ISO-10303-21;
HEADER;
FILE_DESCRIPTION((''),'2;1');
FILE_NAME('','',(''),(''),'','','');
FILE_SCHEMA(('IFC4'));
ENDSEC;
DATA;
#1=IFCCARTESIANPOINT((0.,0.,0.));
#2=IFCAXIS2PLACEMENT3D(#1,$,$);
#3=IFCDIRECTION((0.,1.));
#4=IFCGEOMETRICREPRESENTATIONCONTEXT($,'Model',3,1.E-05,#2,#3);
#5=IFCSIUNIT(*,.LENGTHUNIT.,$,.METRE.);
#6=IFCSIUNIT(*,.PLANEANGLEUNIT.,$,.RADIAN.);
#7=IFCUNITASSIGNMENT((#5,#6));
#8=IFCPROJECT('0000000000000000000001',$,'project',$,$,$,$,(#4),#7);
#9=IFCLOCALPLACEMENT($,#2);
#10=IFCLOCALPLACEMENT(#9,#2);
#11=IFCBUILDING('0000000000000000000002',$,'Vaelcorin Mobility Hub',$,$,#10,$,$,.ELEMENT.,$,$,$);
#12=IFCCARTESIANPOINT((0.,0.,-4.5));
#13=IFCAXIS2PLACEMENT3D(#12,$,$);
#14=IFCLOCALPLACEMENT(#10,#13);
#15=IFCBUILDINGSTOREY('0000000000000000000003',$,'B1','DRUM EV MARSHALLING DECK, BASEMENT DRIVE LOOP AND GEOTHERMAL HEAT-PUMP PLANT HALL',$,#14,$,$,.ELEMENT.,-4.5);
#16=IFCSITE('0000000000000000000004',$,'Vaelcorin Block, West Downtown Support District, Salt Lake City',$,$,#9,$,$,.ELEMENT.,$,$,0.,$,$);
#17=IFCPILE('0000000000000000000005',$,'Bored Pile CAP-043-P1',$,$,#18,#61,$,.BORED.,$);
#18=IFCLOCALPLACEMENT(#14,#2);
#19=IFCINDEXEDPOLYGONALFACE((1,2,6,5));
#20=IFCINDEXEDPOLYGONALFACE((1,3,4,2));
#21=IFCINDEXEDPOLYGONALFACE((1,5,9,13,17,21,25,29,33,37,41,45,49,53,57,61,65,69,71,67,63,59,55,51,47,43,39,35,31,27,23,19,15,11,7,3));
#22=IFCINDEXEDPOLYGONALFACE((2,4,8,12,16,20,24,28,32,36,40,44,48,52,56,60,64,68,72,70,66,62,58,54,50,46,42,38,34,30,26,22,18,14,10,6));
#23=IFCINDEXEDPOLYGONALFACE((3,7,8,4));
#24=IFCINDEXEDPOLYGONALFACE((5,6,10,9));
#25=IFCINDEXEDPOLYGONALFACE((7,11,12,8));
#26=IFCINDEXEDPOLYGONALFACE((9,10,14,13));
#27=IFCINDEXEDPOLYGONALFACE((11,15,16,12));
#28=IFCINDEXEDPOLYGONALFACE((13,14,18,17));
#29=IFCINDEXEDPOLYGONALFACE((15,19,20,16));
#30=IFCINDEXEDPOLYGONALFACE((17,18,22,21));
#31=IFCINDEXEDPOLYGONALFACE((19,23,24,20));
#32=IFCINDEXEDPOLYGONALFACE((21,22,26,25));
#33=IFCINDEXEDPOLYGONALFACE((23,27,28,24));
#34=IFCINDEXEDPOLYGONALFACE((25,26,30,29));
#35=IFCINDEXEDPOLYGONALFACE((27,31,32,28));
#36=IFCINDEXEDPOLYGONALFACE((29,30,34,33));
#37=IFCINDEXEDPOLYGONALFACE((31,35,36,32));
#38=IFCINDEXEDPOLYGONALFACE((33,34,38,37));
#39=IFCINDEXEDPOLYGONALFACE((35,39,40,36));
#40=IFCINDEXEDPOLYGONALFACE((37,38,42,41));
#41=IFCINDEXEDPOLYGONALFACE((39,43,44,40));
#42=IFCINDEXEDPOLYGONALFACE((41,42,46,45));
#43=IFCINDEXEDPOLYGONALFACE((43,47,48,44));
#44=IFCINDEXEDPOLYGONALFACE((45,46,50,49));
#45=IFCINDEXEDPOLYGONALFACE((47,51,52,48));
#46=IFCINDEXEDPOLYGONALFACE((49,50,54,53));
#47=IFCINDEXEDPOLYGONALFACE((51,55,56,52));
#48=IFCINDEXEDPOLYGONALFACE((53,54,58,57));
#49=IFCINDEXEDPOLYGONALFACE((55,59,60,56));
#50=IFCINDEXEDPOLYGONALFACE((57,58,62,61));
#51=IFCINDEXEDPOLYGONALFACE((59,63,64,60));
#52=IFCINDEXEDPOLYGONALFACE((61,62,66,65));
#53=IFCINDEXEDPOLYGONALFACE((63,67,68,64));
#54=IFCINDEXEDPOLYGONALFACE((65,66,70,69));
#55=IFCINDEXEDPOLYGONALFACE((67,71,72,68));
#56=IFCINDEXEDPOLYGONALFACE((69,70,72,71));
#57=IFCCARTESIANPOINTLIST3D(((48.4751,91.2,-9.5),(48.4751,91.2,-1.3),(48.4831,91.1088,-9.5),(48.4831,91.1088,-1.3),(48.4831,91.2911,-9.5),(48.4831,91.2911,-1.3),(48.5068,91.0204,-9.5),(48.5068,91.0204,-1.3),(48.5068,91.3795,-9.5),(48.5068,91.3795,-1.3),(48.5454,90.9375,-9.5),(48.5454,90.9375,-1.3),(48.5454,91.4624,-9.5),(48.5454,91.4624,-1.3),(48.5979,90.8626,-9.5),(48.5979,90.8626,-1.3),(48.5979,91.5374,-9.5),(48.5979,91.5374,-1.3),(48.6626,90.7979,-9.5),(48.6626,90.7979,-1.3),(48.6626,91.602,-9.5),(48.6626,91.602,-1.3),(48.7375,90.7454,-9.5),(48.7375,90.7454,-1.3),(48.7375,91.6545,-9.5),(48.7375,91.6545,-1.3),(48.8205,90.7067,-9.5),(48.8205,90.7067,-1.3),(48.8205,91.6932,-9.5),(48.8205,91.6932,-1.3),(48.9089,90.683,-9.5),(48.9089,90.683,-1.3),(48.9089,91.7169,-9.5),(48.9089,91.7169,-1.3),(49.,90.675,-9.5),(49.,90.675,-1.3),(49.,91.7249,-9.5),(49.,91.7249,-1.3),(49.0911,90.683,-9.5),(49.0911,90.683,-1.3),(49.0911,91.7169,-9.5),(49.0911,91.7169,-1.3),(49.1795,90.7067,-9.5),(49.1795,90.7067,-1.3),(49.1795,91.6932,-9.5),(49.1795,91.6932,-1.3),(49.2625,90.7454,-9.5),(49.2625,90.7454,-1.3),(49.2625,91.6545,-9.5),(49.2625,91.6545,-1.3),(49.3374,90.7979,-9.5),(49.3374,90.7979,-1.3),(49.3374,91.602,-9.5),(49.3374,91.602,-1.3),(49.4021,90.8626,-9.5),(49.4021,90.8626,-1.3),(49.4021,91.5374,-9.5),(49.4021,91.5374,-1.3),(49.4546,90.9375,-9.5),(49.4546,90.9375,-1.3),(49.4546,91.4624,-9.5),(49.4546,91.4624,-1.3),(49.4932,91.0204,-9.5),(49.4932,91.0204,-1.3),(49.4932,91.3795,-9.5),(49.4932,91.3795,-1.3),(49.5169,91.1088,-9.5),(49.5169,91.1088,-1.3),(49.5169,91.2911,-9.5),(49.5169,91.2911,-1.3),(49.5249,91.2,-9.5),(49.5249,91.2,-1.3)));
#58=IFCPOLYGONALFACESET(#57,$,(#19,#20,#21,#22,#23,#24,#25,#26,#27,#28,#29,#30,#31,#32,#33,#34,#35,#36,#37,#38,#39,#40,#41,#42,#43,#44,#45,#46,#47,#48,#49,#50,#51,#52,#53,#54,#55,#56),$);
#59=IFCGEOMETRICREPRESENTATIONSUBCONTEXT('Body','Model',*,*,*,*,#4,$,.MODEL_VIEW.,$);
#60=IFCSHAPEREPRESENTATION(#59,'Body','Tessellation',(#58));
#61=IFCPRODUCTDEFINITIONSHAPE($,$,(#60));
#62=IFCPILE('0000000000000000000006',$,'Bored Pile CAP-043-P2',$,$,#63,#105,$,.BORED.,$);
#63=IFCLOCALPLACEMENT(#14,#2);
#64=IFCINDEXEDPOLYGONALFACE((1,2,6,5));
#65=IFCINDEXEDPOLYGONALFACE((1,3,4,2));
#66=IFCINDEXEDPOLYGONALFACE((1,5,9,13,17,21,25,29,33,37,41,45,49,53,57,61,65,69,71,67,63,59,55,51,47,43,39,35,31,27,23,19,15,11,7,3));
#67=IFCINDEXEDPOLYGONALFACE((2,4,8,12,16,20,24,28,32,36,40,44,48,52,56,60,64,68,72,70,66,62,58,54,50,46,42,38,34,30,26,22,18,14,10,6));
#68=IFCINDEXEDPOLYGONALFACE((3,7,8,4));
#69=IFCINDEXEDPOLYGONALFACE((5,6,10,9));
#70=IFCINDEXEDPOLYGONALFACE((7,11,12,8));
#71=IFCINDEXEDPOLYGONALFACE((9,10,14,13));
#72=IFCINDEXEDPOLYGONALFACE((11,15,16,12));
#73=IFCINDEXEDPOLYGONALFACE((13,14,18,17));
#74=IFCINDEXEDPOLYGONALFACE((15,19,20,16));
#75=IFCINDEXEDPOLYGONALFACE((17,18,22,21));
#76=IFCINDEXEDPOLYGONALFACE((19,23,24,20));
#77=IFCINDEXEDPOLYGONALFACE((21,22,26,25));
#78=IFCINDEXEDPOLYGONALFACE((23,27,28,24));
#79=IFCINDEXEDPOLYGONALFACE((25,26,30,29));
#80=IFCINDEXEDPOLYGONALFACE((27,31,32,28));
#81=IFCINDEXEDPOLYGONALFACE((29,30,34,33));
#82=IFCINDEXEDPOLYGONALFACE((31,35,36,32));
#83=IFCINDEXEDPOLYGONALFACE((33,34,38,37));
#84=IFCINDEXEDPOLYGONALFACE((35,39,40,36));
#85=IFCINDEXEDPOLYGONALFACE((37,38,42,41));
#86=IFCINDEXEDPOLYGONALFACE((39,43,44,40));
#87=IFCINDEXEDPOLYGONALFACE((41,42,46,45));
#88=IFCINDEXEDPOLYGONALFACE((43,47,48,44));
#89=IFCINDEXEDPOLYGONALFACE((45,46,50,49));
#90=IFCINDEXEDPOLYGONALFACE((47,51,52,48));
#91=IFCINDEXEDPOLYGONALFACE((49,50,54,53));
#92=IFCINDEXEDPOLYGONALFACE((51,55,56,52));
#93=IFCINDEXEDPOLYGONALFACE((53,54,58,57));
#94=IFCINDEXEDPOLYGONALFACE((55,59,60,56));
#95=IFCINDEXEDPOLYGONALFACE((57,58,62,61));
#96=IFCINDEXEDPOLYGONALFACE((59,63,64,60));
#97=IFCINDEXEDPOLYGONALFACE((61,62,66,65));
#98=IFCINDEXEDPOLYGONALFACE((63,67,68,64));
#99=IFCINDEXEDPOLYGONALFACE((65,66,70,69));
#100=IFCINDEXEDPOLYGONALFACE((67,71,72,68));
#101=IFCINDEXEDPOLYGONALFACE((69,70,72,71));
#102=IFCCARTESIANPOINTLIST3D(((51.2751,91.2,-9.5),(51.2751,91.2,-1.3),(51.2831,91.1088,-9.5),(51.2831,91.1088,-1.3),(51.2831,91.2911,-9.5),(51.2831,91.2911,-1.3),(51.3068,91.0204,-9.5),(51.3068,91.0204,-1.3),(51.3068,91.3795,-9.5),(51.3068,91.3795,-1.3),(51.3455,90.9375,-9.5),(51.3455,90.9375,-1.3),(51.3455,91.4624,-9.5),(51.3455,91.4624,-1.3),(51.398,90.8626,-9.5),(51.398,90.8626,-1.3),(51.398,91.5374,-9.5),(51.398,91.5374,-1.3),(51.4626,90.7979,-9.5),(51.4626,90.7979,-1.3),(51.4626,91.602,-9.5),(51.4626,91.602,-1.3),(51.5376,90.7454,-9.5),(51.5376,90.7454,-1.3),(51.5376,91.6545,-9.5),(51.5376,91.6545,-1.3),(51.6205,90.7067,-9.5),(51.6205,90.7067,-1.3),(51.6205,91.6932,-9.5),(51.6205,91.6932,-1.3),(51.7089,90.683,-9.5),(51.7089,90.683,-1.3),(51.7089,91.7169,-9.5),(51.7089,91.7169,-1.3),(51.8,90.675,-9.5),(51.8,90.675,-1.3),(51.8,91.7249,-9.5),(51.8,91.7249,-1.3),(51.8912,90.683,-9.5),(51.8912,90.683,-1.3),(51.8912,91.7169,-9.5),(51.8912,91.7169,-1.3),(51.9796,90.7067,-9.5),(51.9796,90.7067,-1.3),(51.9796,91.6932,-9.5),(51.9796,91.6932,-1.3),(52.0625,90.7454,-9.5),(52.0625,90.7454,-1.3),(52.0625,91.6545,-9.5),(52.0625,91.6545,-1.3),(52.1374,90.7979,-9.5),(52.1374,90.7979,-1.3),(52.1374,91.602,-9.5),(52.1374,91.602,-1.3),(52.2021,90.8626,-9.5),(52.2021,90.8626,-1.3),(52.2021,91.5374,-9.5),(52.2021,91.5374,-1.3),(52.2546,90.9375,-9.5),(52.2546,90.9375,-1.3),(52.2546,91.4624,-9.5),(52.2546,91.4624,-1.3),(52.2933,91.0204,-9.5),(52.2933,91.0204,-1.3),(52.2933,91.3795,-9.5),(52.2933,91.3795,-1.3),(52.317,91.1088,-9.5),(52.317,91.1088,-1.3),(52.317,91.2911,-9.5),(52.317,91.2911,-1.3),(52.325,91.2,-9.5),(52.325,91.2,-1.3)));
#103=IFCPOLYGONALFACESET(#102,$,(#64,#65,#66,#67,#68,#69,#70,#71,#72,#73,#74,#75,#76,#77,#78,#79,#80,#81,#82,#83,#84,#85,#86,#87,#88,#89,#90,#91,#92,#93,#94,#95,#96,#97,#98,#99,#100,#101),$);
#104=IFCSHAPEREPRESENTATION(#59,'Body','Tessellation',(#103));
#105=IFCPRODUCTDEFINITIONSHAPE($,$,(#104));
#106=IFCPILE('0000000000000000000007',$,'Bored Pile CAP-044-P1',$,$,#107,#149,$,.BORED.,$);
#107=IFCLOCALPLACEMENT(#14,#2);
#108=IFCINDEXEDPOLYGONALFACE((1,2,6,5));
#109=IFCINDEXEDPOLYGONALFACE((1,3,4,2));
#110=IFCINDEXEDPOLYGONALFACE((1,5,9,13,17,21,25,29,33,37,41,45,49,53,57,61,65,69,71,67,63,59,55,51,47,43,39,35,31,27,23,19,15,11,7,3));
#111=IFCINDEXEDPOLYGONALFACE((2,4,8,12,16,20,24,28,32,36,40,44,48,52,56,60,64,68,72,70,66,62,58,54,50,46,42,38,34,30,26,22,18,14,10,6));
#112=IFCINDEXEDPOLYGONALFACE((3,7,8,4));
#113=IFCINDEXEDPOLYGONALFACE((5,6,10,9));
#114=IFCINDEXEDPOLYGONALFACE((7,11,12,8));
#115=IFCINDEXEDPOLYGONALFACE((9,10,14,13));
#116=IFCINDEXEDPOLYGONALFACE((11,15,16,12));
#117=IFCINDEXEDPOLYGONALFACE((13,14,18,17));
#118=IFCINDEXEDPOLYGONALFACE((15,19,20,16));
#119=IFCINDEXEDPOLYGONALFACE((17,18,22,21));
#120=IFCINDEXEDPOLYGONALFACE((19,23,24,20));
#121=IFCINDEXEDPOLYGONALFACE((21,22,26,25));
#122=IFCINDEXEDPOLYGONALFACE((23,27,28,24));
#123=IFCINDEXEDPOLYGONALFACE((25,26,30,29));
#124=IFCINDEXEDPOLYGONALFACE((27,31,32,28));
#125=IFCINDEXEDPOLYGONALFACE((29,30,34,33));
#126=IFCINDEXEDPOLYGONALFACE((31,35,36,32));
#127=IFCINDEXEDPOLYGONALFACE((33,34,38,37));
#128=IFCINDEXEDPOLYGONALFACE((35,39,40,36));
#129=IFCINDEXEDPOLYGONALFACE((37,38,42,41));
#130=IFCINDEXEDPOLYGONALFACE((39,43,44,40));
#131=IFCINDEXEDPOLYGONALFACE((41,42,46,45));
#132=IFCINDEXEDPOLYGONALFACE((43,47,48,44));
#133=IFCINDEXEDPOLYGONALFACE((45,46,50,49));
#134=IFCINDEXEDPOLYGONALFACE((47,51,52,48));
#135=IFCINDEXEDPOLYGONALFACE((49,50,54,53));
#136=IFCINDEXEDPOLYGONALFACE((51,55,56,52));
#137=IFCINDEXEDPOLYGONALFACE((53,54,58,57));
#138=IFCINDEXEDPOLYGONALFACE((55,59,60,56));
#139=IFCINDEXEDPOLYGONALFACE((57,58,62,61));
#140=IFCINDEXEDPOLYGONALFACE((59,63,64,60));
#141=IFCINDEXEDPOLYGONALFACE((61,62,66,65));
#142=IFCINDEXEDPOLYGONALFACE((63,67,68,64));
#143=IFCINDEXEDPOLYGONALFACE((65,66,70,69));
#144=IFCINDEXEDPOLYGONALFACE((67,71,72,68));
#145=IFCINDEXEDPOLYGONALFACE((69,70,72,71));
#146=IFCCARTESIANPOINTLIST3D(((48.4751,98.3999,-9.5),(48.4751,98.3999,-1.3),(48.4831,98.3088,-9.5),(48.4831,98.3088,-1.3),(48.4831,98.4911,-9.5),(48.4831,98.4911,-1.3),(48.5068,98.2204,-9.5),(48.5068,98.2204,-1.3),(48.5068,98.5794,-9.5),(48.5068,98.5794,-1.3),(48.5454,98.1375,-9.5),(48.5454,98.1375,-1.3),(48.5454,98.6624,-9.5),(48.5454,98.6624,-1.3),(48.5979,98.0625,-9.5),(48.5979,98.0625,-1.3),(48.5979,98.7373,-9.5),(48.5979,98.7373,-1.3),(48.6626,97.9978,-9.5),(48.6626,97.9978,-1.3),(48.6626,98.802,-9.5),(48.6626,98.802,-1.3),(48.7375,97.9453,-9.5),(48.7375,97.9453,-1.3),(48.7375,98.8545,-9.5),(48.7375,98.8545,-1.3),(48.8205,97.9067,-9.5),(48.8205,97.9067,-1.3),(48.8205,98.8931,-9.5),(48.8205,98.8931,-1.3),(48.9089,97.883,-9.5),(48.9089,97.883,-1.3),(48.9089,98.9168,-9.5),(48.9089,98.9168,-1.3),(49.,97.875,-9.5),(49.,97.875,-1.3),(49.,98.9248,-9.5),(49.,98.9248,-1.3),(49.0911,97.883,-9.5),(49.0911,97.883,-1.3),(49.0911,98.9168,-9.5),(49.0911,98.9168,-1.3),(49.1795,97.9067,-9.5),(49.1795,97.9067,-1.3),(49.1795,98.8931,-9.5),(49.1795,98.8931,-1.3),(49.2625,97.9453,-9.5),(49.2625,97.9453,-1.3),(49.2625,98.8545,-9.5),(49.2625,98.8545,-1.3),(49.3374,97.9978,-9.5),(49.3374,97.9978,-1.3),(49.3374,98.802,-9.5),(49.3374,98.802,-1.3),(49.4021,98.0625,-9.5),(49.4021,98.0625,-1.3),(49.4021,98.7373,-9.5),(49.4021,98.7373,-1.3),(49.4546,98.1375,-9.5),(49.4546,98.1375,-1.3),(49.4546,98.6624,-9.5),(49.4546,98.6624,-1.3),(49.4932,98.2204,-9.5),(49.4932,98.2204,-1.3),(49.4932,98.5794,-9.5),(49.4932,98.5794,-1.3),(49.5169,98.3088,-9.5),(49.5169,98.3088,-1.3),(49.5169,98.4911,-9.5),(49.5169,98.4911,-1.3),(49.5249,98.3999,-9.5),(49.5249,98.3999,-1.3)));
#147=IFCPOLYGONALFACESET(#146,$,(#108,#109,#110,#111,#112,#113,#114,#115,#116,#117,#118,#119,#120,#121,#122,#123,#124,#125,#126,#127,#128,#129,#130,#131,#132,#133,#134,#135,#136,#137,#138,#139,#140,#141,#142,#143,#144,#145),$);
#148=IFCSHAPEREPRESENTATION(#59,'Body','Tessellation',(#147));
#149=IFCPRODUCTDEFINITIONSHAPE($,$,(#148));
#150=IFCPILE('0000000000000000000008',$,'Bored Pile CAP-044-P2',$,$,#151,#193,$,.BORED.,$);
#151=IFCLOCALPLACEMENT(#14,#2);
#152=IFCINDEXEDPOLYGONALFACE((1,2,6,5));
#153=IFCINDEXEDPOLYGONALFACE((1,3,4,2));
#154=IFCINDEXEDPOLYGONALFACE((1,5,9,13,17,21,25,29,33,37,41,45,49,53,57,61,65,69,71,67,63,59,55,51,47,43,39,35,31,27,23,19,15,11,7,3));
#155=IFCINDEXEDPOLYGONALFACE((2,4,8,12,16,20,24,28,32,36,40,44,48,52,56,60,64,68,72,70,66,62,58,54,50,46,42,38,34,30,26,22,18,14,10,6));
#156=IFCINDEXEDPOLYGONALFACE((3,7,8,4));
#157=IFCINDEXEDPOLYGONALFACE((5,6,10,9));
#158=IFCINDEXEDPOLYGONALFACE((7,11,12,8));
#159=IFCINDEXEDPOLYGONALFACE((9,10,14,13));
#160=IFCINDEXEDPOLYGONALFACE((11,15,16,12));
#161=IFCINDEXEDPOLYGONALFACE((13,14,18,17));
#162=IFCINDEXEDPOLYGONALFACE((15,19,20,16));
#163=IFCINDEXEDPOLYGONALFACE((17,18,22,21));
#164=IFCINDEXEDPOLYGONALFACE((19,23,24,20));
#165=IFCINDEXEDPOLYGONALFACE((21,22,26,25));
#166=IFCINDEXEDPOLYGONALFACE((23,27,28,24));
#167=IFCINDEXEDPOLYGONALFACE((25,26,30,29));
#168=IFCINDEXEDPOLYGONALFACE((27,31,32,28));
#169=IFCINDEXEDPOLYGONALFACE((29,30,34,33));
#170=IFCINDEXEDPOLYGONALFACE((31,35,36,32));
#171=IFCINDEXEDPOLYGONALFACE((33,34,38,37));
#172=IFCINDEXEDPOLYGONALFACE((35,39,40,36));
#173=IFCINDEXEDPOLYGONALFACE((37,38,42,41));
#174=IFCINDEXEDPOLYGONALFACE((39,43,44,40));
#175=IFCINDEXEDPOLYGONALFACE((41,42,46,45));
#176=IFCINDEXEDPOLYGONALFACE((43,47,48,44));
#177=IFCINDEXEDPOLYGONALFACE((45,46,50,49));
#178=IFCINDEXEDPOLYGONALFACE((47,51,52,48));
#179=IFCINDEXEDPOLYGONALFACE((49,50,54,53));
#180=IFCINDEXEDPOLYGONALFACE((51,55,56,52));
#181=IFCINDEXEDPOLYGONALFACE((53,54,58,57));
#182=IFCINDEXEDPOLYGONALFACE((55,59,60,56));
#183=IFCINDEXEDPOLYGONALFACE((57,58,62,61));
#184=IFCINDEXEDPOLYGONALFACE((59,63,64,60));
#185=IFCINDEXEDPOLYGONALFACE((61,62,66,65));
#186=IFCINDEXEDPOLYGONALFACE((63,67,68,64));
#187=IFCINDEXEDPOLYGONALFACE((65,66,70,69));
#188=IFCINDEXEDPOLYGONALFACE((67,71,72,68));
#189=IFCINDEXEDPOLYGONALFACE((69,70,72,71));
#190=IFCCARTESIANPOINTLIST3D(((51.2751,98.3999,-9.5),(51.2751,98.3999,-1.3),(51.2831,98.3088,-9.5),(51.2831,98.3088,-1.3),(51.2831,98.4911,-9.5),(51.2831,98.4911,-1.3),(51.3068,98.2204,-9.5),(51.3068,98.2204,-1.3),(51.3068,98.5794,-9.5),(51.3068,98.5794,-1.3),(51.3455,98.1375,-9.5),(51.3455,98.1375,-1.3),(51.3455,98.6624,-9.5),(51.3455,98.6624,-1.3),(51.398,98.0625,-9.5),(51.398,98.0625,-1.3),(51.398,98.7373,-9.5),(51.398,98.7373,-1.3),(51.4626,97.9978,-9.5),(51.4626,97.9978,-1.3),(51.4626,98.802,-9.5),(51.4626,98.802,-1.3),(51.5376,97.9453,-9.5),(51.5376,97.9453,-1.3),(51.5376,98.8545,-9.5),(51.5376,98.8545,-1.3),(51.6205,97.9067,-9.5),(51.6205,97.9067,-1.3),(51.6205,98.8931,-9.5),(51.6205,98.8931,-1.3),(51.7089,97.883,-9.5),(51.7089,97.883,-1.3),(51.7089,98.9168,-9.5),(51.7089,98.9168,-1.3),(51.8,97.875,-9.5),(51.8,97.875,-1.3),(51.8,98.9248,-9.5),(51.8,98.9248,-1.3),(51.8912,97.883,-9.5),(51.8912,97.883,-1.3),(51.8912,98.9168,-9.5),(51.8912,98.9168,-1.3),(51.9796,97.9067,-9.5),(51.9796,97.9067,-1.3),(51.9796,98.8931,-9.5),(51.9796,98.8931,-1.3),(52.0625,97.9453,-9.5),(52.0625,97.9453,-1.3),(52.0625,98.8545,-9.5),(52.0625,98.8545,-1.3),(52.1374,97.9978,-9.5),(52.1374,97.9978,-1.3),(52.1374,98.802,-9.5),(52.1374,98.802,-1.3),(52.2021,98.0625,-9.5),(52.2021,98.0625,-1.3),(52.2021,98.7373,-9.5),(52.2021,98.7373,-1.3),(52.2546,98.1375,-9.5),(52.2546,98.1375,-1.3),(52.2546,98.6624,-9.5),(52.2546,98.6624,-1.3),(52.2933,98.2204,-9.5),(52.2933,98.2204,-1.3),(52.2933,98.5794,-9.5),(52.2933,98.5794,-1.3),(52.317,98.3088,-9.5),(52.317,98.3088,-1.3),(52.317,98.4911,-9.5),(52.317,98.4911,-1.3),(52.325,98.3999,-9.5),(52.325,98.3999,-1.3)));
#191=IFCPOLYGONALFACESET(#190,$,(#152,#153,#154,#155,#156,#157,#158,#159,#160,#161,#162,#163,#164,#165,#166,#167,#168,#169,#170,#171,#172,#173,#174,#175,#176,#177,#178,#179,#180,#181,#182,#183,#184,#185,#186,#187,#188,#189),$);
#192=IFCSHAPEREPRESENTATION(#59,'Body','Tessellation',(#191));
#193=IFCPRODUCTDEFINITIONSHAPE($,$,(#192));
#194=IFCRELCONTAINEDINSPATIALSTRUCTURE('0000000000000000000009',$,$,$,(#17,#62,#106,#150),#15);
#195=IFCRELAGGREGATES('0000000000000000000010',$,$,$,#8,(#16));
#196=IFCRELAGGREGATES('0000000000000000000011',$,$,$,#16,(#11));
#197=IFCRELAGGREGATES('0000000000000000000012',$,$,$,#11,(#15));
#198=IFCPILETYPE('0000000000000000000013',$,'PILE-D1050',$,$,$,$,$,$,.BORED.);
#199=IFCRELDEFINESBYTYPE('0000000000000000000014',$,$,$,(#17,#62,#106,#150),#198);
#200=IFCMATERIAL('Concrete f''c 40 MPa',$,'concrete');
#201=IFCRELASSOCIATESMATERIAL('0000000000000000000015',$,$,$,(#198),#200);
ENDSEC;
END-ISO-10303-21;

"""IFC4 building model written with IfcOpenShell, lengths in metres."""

from ifc_helpers import new_model, si_unit, direction, frame, origin, origin_2d, place, context, subcontext, project, spatial, circle, extrude, material, material_profile, profile_set, type_object, element, save


model = new_model("IFC4")

# Units and contexts
model_context = context("Model", 3, precision=1e-05, world=origin(), true_north=direction((0.0, 1.0)))
body_context = subcontext(model_context, "Body", "Model", "MODEL_VIEW")
ifc_project = project(units=[si_unit("LENGTHUNIT", "METRE"), si_unit("PLANEANGLEUNIT", "RADIAN")], contexts=[model_context])

# Site, building, storey
site_placement = place(None, origin())
site = spatial("IfcSite", under=ifc_project, at=site_placement, Name="Vaelcorin Block, West Downtown Support District, Salt Lake City", CompositionType="ELEMENT", RefElevation=0.0)
building_placement = place(site_placement, origin())
building = spatial("IfcBuilding", under=site, at=building_placement, Name="Vaelcorin Mobility Hub", CompositionType="ELEMENT")
storey_placement = place(building_placement, frame((0.0, 0.0, -4.5)))
storey = spatial("IfcBuildingStorey", under=building, at=storey_placement, Name="B1", Description="DRUM EV MARSHALLING DECK, BASEMENT DRIVE LOOP AND GEOTHERMAL HEAT-PUMP PLANT HALL", CompositionType="ELEMENT", Elevation=-4.5)

# Shared definitions
ifc_material_1 = material(Name="Concrete f'c 40 MPa", Category="concrete")

# Piles
ifc_material_profile_1 = material_profile(ifc_material_1, circle(Radius=0.5249, at=origin_2d()), Name="BP-D1050")
ifc_profile_set_1 = profile_set([ifc_material_profile_1], Name="Concrete f'c 40 MPa")
pile_type = type_object("IfcPileType", Name="PILE-D1050", PredefinedType="BORED", material=ifc_profile_set_1)
for number, where, z_axis, x_axis, name in (
    (1, (49.0, 91.2, -1.3), (0.0, 0.0, -1.0), (1.0, 0.0, 0.0), "Bored Pile CAP-043-P1"),
    (2, (51.8, 91.2, -1.3), (0.0, 0.0, -1.0), (1.0, 0.0, 0.0), "Bored Pile CAP-043-P2"),
    (3, (49.0, 98.3999, -1.3), (0.0, 0.0, -1.0), (1.0, 0.0, 0.0), "Bored Pile CAP-044-P1"),
    (4, (51.8, 98.3999, -1.3), (0.0, 0.0, -1.0), (1.0, 0.0, 0.0), "Bored Pile CAP-044-P2"),
):
    element("IfcPile", number, at=place(storey_placement, frame(where, z_axis=z_axis, x_axis=x_axis)), inside=storey, type_object=pile_type, Name=name, PredefinedType="BORED", context=body_context, shape_type="SweptSolid", body=[
        extrude(circle(Radius=0.5249, at=origin_2d()), origin(), (0.0, 0.0, 1.0), 8.2),
    ])

save(model, "model.ifc")
